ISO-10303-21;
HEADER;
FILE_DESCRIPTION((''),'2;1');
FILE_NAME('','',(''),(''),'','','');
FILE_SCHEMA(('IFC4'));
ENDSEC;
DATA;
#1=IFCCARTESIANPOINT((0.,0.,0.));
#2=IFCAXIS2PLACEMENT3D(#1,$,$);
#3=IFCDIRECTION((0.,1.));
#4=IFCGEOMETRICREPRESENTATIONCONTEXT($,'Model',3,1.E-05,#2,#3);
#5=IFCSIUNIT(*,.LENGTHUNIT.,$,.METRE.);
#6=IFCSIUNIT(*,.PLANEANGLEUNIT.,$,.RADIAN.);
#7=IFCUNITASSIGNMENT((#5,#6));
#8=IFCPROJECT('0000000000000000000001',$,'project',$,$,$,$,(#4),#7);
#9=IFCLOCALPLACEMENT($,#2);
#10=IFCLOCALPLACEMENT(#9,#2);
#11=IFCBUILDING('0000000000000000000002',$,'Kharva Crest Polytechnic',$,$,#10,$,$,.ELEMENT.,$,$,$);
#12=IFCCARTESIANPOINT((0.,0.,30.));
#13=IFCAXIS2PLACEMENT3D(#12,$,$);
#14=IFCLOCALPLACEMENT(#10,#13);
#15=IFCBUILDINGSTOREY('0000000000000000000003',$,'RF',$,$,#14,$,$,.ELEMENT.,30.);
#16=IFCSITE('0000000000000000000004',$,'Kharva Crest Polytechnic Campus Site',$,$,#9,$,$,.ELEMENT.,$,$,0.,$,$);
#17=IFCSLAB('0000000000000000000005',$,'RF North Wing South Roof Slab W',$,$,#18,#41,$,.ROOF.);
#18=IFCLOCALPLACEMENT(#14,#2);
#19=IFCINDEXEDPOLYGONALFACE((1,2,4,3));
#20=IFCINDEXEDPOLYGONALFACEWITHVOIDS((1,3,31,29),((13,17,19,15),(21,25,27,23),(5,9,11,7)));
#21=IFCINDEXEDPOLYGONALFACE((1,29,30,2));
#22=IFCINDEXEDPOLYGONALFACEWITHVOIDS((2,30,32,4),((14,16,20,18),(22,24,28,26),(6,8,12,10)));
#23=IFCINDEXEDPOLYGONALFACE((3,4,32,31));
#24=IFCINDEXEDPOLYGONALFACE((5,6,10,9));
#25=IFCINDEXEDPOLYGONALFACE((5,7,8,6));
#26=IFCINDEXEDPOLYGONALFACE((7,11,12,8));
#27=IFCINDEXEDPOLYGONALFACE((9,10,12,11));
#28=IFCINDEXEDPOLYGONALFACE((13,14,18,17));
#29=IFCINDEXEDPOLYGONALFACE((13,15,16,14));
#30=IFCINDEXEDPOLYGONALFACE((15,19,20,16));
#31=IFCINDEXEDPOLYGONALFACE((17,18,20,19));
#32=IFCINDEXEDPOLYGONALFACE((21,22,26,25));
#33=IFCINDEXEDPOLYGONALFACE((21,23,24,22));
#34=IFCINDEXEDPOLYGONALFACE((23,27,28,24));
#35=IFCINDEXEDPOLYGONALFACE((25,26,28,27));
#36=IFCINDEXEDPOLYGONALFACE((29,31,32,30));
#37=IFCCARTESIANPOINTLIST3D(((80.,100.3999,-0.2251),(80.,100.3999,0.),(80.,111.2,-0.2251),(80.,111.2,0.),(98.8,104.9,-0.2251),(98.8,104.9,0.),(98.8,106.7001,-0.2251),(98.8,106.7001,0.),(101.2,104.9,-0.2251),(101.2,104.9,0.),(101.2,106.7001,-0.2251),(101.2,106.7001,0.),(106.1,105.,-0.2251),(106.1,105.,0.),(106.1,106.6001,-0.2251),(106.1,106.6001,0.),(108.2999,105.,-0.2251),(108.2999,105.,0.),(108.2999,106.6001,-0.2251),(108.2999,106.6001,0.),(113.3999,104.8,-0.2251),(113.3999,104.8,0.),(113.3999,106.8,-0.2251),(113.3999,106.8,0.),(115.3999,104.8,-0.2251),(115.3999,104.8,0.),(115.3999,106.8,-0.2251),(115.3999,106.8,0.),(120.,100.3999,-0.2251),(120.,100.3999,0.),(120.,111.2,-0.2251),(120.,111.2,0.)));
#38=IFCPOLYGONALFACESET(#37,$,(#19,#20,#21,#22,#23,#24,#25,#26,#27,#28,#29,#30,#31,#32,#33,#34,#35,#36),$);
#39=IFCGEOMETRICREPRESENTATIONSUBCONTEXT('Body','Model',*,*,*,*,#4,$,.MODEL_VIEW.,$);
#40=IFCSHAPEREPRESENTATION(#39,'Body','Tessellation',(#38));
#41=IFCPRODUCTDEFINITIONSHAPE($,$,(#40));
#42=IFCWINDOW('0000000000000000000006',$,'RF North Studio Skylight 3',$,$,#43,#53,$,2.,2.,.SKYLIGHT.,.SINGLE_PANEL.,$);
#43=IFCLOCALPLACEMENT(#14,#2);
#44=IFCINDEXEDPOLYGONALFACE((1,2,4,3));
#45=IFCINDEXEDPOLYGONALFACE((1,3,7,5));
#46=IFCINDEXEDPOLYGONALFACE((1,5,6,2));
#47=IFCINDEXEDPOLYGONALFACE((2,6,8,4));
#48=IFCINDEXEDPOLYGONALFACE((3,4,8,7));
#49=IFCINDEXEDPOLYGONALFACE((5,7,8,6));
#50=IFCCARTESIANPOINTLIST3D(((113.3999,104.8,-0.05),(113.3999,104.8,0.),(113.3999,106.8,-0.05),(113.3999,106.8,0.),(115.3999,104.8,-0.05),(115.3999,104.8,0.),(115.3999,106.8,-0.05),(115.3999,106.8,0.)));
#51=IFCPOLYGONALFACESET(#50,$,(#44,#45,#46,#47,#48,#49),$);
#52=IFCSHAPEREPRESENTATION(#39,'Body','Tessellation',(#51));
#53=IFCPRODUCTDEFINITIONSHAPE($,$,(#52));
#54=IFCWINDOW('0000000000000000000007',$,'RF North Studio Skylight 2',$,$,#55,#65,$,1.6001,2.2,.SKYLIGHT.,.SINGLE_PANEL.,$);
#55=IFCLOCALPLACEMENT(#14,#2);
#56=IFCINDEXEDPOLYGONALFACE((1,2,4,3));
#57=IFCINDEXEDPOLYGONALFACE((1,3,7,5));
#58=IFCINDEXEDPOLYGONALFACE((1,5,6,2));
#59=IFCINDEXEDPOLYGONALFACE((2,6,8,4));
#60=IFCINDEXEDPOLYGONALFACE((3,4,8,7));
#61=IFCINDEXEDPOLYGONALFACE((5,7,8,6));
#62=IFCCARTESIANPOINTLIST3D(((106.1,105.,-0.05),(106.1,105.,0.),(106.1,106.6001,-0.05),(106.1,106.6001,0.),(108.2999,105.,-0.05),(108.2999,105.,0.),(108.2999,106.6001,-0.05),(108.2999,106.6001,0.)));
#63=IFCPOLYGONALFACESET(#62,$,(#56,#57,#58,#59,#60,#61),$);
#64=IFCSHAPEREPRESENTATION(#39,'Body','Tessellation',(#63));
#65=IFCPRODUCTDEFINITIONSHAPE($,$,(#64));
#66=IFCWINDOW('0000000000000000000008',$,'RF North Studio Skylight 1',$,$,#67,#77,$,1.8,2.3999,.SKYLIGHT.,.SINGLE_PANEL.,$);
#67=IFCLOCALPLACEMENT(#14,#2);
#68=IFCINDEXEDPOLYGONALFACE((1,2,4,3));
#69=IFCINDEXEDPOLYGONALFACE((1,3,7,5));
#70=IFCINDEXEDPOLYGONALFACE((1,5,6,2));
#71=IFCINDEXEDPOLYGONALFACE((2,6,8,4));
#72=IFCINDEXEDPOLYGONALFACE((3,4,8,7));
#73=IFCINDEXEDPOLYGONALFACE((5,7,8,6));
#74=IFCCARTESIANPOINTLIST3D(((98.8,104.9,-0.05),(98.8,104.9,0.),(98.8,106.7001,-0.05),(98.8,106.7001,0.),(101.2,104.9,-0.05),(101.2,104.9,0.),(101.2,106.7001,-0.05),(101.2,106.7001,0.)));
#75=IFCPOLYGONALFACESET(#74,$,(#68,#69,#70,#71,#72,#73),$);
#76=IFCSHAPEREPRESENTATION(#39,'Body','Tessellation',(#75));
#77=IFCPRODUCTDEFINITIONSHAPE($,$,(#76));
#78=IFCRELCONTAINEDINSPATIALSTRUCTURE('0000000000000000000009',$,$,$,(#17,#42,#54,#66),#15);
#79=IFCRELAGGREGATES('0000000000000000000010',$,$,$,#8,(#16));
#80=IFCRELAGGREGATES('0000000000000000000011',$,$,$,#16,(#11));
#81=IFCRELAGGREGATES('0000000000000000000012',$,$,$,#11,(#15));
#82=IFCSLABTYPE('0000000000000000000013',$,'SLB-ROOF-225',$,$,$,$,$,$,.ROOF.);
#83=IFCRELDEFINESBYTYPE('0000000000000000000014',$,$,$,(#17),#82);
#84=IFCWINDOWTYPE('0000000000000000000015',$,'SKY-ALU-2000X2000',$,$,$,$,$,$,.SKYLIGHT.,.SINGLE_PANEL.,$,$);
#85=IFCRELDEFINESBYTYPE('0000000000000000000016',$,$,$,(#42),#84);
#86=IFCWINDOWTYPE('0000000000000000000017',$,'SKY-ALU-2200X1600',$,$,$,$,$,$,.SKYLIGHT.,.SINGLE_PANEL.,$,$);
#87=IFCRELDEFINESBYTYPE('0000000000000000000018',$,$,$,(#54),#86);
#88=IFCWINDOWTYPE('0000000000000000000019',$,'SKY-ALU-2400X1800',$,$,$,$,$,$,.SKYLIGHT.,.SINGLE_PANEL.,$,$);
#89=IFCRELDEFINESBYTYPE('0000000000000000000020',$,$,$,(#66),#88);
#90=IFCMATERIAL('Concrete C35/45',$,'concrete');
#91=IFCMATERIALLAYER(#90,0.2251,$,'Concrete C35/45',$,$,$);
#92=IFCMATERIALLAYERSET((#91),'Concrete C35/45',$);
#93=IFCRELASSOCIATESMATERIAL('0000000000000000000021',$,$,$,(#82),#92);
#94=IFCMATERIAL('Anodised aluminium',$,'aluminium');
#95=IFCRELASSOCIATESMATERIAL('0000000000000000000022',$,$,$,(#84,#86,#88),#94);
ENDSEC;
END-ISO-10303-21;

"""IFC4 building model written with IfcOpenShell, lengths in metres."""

from ifc_helpers import new_model, si_unit, direction, frame, origin, origin_2d, place, context, subcontext, project, spatial, polyline, rectangle, outline, extrude, material, layer, layer_set, type_object, element, fill, save


model = new_model("IFC4")

# Units and contexts
model_context = context("Model", 3, precision=1e-05, world=origin(), true_north=direction((0.0, 1.0)))
body_context = subcontext(model_context, "Body", "Model", "MODEL_VIEW")
ifc_project = project(units=[si_unit("LENGTHUNIT", "METRE"), si_unit("PLANEANGLEUNIT", "RADIAN")], contexts=[model_context])

# Site, building, storey
site_placement = place(None, origin())
site = spatial("IfcSite", under=ifc_project, at=site_placement, Name="Kharva Crest Polytechnic Campus Site", CompositionType="ELEMENT", RefElevation=0.0)
building_placement = place(site_placement, origin())
building = spatial("IfcBuilding", under=site, at=building_placement, Name="Kharva Crest Polytechnic", CompositionType="ELEMENT")
storey_placement = place(building_placement, frame((0.0, 0.0, 30.0)))
storey = spatial("IfcBuildingStorey", under=building, at=storey_placement, Name="RF", CompositionType="ELEMENT", Elevation=30.0)

# Slab, openings, windows
ifc_material_1 = material(Name="Concrete C35/45", Category="concrete")
ifc_layer = layer(ifc_material_1, 0.2251, Name="Concrete C35/45")
ifc_layer_set = layer_set([ifc_layer], Name="Concrete C35/45")
slab_type = type_object("IfcSlabType", Name="SLB-ROOF-225", PredefinedType="ROOF", material=ifc_layer_set)
slab_1_placement = place(storey_placement, frame((0.0, 0.0, -0.2251)))
slab_1 = element("IfcSlab", 1, at=slab_1_placement, inside=storey, type_object=slab_type, Name="RF North Wing South Roof Slab W", PredefinedType="ROOF", context=body_context, shape_type="SweptSolid", body=[
    extrude(outline(polyline([(80.0, 100.3999), (120.0, 100.3999), (120.0, 111.2), (80.0, 111.2), (80.0, 100.3999)])), origin(), (0.0, 0.0, 1.0), 0.2251),
])
opening_1_placement = place(slab_1_placement, frame((100.0, 105.8, 0.0), z_axis=(0.0, 0.0, 1.0), x_axis=(1.0, 0.0, 0.0)))
opening_1 = element("IfcOpeningElement", 2, at=opening_1_placement, cuts=slab_1, PredefinedType="OPENING", context=body_context, shape_type="SweptSolid", body=[
    extrude(rectangle(XDim=2.3999, YDim=1.8, at=origin_2d()), origin(), (0.0, 0.0, 1.0), 0.2251),
])
opening_2_placement = place(slab_1_placement, frame((107.2, 105.8, 0.0), z_axis=(0.0, 0.0, 1.0), x_axis=(1.0, 0.0, 0.0)))
opening_2 = element("IfcOpeningElement", 3, at=opening_2_placement, cuts=slab_1, PredefinedType="OPENING", context=body_context, shape_type="SweptSolid", body=[
    extrude(rectangle(XDim=2.2, YDim=1.6001, at=origin_2d()), origin(), (0.0, 0.0, 1.0), 0.2251),
])
opening_3_placement = place(slab_1_placement, frame((114.3999, 105.8, 0.0), z_axis=(0.0, 0.0, 1.0), x_axis=(1.0, 0.0, 0.0)))
opening_3 = element("IfcOpeningElement", 4, at=opening_3_placement, cuts=slab_1, PredefinedType="OPENING", context=body_context, shape_type="SweptSolid", body=[
    extrude(rectangle(XDim=2.0, YDim=2.0, at=origin_2d()), origin(), (0.0, 0.0, 1.0), 0.2251),
])
ifc_material_2 = material(Name="Anodised aluminium", Category="aluminium")
window_type_1 = type_object("IfcWindowType", Name="SKY-ALU-2000X2000", PartitioningType="SINGLE_PANEL", PredefinedType="SKYLIGHT", material=ifc_material_2)
window_1_placement = place(opening_3_placement, frame((0.0, 0.0, 0.175)))
window_1 = element("IfcWindow", 5, at=window_1_placement, inside=storey, type_object=window_type_1, Name="RF North Studio Skylight 3", OverallHeight=2.0, OverallWidth=2.0, PartitioningType="SINGLE_PANEL", PredefinedType="SKYLIGHT", context=body_context, shape_type="SweptSolid", body=[
    extrude(rectangle(XDim=2.0, YDim=2.0, at=origin_2d()), origin(), (0.0, 0.0, 1.0), 0.05),
])
fill(opening_3, window_1)
window_type_2 = type_object("IfcWindowType", Name="SKY-ALU-2200X1600", PartitioningType="SINGLE_PANEL", PredefinedType="SKYLIGHT", material=ifc_material_2)
window_2_placement = place(opening_2_placement, frame((0.0, 0.0, 0.175)))
window_2 = element("IfcWindow", 6, at=window_2_placement, inside=storey, type_object=window_type_2, Name="RF North Studio Skylight 2", OverallHeight=1.6001, OverallWidth=2.2, PartitioningType="SINGLE_PANEL", PredefinedType="SKYLIGHT", context=body_context, shape_type="SweptSolid", body=[
    extrude(rectangle(XDim=2.2, YDim=1.6001, at=origin_2d()), origin(), (0.0, 0.0, 1.0), 0.05),
])
fill(opening_2, window_2)
window_type_3 = type_object("IfcWindowType", Name="SKY-ALU-2400X1800", PartitioningType="SINGLE_PANEL", PredefinedType="SKYLIGHT", material=ifc_material_2)
window_3_placement = place(opening_1_placement, frame((0.0, 0.0, 0.175)))
window_3 = element("IfcWindow", 7, at=window_3_placement, inside=storey, type_object=window_type_3, Name="RF North Studio Skylight 1", OverallHeight=1.8, OverallWidth=2.3999, PartitioningType="SINGLE_PANEL", PredefinedType="SKYLIGHT", context=body_context, shape_type="SweptSolid", body=[
    extrude(rectangle(XDim=2.3999, YDim=1.8, at=origin_2d()), origin(), (0.0, 0.0, 1.0), 0.05),
])
fill(opening_1, window_3)

save(model, "model.ifc")
